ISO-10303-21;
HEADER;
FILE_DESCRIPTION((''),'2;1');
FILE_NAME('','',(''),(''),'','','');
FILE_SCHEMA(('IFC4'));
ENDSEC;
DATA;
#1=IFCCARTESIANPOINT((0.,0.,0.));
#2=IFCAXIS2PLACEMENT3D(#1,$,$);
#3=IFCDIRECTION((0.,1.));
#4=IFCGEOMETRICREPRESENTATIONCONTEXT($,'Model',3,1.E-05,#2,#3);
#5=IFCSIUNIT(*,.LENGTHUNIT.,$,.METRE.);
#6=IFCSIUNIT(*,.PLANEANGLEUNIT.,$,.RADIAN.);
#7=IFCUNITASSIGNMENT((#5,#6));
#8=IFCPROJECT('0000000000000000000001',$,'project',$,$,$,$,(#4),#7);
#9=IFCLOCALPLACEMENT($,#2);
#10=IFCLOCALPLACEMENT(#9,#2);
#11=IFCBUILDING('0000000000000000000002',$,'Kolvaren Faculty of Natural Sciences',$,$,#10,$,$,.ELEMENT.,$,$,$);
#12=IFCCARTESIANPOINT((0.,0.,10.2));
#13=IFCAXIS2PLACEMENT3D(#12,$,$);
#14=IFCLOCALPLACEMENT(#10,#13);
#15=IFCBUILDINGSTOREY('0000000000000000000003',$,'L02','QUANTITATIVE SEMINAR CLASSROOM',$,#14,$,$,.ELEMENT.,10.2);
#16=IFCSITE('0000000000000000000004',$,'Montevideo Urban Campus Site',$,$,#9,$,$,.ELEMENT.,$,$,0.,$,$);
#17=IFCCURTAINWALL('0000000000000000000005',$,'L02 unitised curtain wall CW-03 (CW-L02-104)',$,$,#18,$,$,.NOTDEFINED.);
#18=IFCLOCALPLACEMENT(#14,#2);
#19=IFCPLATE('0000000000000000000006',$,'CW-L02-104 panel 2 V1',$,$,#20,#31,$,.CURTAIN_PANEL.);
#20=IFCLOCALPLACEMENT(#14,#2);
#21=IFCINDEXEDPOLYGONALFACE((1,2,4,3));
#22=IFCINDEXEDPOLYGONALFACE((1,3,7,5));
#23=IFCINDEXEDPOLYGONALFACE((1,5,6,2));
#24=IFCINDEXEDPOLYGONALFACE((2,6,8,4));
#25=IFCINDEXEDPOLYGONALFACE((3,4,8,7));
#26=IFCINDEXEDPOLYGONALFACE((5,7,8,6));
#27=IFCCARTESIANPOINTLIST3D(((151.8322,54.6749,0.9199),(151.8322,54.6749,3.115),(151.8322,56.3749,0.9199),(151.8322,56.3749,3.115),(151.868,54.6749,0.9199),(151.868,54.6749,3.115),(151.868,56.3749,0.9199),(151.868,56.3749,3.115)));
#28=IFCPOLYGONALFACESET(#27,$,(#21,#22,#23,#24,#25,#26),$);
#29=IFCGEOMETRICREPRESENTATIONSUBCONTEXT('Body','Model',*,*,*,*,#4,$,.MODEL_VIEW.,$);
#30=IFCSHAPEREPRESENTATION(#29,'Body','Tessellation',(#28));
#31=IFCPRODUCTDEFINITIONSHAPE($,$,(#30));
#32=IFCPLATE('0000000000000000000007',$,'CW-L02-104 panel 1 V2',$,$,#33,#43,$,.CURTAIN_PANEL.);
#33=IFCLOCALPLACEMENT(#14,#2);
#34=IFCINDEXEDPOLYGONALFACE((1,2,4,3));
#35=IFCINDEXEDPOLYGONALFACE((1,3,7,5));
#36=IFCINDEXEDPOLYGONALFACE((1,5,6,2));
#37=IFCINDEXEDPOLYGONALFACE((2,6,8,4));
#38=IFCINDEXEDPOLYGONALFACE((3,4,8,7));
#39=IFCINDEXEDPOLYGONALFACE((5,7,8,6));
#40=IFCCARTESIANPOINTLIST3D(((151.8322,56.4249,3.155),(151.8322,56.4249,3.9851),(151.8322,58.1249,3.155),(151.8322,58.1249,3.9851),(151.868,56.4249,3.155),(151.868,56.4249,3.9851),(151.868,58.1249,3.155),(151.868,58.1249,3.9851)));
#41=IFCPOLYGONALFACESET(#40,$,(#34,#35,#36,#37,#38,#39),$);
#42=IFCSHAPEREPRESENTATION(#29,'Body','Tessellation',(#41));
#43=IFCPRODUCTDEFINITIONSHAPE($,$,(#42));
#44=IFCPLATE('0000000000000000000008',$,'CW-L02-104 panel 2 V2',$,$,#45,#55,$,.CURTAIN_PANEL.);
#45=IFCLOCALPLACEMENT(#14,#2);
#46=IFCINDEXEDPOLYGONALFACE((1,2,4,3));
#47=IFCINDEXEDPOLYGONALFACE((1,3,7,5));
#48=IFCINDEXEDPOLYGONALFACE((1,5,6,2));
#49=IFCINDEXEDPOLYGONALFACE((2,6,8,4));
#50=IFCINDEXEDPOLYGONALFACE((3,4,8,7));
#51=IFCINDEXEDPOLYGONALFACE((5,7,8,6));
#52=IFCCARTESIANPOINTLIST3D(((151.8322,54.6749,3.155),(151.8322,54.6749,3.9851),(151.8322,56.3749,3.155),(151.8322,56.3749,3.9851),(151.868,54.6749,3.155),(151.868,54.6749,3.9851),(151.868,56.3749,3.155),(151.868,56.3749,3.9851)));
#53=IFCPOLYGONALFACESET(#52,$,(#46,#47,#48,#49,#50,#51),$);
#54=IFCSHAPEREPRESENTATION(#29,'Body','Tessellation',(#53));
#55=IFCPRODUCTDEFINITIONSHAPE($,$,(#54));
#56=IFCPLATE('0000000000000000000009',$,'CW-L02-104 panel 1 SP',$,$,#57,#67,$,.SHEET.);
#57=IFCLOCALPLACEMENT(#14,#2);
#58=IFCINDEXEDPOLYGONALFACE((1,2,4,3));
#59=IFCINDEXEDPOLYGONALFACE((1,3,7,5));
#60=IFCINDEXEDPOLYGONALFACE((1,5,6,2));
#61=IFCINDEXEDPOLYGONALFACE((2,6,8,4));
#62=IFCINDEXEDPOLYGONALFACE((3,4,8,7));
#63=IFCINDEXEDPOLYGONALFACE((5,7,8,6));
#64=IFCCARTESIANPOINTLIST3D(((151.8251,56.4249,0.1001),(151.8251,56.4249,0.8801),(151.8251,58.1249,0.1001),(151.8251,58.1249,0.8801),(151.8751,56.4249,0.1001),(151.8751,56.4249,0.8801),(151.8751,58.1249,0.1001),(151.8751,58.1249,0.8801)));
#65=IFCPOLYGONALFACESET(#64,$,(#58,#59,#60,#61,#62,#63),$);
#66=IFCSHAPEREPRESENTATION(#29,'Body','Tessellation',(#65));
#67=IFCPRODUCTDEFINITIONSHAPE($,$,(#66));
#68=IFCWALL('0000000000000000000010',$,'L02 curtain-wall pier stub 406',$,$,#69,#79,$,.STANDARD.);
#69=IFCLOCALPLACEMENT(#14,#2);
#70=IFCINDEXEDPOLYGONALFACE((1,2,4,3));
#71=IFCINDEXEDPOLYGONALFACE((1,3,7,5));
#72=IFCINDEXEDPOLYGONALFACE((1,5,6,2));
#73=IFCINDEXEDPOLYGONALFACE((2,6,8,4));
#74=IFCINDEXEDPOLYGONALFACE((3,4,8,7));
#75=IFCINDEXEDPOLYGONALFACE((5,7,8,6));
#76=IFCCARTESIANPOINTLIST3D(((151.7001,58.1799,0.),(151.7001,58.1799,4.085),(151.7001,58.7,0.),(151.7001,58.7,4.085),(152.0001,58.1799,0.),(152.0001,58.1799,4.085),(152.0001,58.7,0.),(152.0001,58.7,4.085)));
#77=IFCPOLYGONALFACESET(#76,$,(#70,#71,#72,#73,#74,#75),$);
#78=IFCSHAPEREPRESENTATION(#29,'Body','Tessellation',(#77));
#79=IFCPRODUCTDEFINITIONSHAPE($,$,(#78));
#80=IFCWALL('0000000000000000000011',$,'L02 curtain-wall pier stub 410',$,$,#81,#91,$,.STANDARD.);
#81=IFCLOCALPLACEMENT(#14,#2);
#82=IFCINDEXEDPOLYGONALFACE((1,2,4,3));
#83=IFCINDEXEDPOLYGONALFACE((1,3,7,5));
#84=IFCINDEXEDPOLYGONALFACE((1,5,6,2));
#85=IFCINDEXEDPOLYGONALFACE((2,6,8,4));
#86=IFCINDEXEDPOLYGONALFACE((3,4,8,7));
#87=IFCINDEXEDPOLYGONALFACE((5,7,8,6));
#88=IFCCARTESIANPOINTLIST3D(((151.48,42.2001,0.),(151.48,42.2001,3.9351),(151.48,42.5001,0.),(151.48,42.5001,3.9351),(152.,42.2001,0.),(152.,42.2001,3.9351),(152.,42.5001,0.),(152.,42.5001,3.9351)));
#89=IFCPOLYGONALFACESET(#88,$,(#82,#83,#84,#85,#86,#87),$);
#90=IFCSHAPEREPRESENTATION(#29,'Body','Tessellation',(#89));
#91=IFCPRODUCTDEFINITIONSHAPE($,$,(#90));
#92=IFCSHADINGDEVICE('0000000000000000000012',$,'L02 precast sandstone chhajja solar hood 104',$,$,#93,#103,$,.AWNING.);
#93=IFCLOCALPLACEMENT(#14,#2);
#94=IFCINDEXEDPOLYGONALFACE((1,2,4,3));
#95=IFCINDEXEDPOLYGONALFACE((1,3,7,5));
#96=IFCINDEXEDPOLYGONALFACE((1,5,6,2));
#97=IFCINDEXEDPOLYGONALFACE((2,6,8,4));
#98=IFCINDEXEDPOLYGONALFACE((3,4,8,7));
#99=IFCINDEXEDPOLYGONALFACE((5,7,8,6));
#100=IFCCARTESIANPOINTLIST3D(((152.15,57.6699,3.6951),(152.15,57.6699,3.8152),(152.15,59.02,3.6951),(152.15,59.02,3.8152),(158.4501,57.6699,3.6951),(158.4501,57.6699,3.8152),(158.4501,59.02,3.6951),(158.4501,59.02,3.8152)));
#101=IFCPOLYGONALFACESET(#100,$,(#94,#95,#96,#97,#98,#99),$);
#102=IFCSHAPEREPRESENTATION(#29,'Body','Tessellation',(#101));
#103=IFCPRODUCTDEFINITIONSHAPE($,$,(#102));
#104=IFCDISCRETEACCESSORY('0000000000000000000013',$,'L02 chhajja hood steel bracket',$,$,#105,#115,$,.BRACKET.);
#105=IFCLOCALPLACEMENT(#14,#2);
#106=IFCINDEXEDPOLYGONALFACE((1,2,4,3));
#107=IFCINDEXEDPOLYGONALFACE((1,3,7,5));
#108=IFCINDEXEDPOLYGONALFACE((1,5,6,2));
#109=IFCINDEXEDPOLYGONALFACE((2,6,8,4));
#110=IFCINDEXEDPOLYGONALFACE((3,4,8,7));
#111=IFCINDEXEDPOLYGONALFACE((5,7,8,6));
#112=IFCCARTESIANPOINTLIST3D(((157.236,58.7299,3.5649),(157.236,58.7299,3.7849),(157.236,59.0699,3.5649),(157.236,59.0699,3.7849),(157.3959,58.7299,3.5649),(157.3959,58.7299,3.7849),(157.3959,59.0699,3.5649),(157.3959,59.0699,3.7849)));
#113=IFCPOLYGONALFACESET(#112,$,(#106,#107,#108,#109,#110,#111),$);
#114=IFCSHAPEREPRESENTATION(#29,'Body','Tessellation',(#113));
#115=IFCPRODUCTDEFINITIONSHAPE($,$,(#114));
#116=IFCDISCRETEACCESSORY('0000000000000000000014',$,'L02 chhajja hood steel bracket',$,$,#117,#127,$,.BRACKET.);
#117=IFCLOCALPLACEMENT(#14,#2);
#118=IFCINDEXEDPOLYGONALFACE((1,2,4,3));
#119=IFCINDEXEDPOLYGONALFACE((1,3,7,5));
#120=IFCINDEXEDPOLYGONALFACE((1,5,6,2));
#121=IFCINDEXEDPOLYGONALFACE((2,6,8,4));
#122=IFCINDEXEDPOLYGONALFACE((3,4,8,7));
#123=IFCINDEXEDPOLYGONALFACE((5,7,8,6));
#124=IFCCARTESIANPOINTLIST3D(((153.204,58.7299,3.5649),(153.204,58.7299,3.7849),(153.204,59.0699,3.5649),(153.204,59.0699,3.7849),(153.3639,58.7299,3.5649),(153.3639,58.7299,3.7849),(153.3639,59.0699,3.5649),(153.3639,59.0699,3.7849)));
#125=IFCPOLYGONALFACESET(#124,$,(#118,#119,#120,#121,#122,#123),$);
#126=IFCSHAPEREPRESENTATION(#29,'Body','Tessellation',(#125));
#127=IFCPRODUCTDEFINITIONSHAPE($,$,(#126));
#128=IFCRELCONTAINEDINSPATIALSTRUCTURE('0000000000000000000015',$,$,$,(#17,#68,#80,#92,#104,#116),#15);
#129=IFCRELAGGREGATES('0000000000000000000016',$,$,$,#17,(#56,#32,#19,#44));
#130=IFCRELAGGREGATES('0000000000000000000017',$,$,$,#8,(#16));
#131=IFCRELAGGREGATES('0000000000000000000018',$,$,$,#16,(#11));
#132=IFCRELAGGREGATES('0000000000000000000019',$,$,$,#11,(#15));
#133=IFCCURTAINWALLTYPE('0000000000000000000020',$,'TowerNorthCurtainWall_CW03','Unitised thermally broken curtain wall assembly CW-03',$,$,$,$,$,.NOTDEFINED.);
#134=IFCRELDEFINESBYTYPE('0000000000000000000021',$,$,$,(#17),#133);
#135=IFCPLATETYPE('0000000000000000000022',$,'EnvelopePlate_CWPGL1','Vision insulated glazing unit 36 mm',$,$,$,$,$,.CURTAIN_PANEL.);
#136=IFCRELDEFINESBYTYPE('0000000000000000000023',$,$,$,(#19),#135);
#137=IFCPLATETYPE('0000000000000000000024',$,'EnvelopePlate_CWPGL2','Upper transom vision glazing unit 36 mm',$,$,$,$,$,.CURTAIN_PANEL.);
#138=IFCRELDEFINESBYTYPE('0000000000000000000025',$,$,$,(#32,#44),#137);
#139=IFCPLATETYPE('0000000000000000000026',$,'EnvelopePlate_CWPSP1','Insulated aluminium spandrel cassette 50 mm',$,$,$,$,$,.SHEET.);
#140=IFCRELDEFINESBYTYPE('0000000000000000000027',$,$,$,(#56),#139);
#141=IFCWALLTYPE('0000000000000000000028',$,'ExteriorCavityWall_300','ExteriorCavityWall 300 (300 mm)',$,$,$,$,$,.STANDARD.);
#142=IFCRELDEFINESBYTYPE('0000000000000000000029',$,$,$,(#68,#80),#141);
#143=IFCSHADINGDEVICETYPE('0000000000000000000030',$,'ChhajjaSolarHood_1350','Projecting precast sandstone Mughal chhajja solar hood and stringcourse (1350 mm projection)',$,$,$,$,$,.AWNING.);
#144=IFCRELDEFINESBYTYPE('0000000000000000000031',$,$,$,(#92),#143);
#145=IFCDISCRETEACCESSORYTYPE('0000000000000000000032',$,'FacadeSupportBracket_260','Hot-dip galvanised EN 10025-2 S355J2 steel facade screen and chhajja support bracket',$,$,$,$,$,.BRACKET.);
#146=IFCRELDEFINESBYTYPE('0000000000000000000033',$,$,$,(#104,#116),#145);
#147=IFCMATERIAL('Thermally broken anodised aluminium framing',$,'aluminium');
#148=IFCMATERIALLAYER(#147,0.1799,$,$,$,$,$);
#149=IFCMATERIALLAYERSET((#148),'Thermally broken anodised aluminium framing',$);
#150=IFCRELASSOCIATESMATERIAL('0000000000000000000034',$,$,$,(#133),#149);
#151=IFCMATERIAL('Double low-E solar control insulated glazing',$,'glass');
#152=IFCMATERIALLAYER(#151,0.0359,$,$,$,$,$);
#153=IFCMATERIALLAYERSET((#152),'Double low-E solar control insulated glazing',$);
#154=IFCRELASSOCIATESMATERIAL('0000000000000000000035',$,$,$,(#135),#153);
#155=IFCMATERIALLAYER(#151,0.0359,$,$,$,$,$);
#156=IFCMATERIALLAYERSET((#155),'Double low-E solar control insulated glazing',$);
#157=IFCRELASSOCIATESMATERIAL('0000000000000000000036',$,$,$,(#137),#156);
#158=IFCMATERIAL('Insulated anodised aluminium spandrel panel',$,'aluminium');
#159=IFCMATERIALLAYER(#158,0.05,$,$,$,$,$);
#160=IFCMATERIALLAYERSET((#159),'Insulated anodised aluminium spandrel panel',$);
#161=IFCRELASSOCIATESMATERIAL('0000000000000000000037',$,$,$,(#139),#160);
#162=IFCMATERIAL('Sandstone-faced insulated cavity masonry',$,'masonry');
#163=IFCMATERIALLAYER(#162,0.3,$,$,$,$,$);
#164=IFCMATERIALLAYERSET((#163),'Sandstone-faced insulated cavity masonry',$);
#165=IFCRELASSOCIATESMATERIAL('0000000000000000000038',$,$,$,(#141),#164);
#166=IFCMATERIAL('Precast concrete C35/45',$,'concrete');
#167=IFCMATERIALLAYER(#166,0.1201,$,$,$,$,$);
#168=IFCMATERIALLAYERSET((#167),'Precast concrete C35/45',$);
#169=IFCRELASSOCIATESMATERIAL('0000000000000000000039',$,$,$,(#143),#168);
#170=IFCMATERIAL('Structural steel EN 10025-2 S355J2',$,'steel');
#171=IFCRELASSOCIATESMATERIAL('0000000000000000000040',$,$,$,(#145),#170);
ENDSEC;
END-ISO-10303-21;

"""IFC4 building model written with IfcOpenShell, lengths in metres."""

from ifc_helpers import new_model, si_unit, direction, frame, frame_2d, origin, origin_2d, place, context, subcontext, project, spatial, rectangle, extrude, material, layer, layer_set, type_object, element, aggregate, save


model = new_model("IFC4")

# Units and contexts
model_context = context("Model", 3, precision=1e-05, world=origin(), true_north=direction((0.0, 1.0)))
body_context = subcontext(model_context, "Body", "Model", "MODEL_VIEW")
ifc_project = project(units=[si_unit("LENGTHUNIT", "METRE"), si_unit("PLANEANGLEUNIT", "RADIAN")], contexts=[model_context])

# Site, building, storey
site_placement = place(None, origin())
site = spatial("IfcSite", under=ifc_project, at=site_placement, Name="Montevideo Urban Campus Site", CompositionType="ELEMENT", RefElevation=0.0)
building_placement = place(site_placement, origin())
building = spatial("IfcBuilding", under=site, at=building_placement, Name="Kolvaren Faculty of Natural Sciences", CompositionType="ELEMENT")
storey_placement = place(building_placement, frame((0.0, 0.0, 10.2)))
storey = spatial("IfcBuildingStorey", under=building, at=storey_placement, Name="L02", Description="QUANTITATIVE SEMINAR CLASSROOM", CompositionType="ELEMENT", Elevation=10.2)

# Curtain wall
ifc_material_1 = material(Name="Thermally broken anodised aluminium framing", Category="aluminium")
ifc_layer_1 = layer(ifc_material_1, 0.1799)
ifc_layer_set_1 = layer_set([ifc_layer_1], Name="Thermally broken anodised aluminium framing")
curtain_wall_type = type_object("IfcCurtainWallType", Name="TowerNorthCurtainWall_CW03", Description="Unitised thermally broken curtain wall assembly CW-03", PredefinedType="NOTDEFINED", material=ifc_layer_set_1)
curtain_wall_placement = place(storey_placement, origin())
curtain_wall = element("IfcCurtainWall", 1, at=curtain_wall_placement, inside=storey, type_object=curtain_wall_type, Name="L02 unitised curtain wall CW-03 (CW-L02-104)", PredefinedType="NOTDEFINED")

# Plates
ifc_material_2 = material(Name="Double low-E solar control insulated glazing", Category="glass")
ifc_layer_2 = layer(ifc_material_2, 0.0359)
ifc_layer_set_2 = layer_set([ifc_layer_2], Name="Double low-E solar control insulated glazing")
plate_type_1 = type_object("IfcPlateType", Name="EnvelopePlate_CWPGL1", Description="Vision insulated glazing unit 36 mm", PredefinedType="CURTAIN_PANEL", material=ifc_layer_set_2)
plate_1_placement = place(storey_placement, frame((151.8501, 55.5249, 0.9199), z_axis=(0.0, 0.0, 1.0), x_axis=(0.0, -1.0, 0.0)))
plate_1 = element("IfcPlate", 2, at=plate_1_placement, type_object=plate_type_1, Name="CW-L02-104 panel 2 V1", PredefinedType="CURTAIN_PANEL", context=body_context, shape_type="SweptSolid", body=[
    extrude(rectangle(XDim=1.7, YDim=0.0359, at=origin_2d()), origin(), (0.0, 0.0, 1.0), 2.1951),
])
ifc_layer_3 = layer(ifc_material_2, 0.0359)
ifc_layer_set_3 = layer_set([ifc_layer_3], Name="Double low-E solar control insulated glazing")
plate_type_2 = type_object("IfcPlateType", Name="EnvelopePlate_CWPGL2", Description="Upper transom vision glazing unit 36 mm", PredefinedType="CURTAIN_PANEL", material=ifc_layer_set_3)
plate_2_placement = place(storey_placement, frame((151.8501, 57.2749, 3.155), z_axis=(0.0, 0.0, 1.0), x_axis=(0.0, -1.0, 0.0)))
plate_2 = element("IfcPlate", 3, at=plate_2_placement, type_object=plate_type_2, Name="CW-L02-104 panel 1 V2", PredefinedType="CURTAIN_PANEL", context=body_context, shape_type="SweptSolid", body=[
    extrude(rectangle(XDim=1.7, YDim=0.0359, at=origin_2d()), origin(), (0.0, 0.0, 1.0), 0.8301),
])
plate_3_placement = place(storey_placement, frame((151.8501, 55.5249, 3.155), z_axis=(0.0, 0.0, 1.0), x_axis=(0.0, -1.0, 0.0)))
plate_3 = element("IfcPlate", 4, at=plate_3_placement, type_object=plate_type_2, Name="CW-L02-104 panel 2 V2", PredefinedType="CURTAIN_PANEL", context=body_context, shape_type="SweptSolid", body=[
    extrude(rectangle(XDim=1.7, YDim=0.0359, at=origin_2d()), origin(), (0.0, 0.0, 1.0), 0.8301),
])
ifc_material_3 = material(Name="Insulated anodised aluminium spandrel panel", Category="aluminium")
ifc_layer_4 = layer(ifc_material_3, 0.05)
ifc_layer_set_4 = layer_set([ifc_layer_4], Name="Insulated anodised aluminium spandrel panel")
plate_type_3 = type_object("IfcPlateType", Name="EnvelopePlate_CWPSP1", Description="Insulated aluminium spandrel cassette 50 mm", PredefinedType="SHEET", material=ifc_layer_set_4)
plate_4_placement = place(storey_placement, frame((151.8501, 57.2749, 0.1001), z_axis=(0.0, 0.0, 1.0), x_axis=(0.0, -1.0, 0.0)))
plate_4 = element("IfcPlate", 5, at=plate_4_placement, type_object=plate_type_3, Name="CW-L02-104 panel 1 SP", PredefinedType="SHEET", context=body_context, shape_type="SweptSolid", body=[
    extrude(rectangle(XDim=1.7, YDim=0.05, at=origin_2d()), origin(), (0.0, 0.0, 1.0), 0.78),
])
aggregate(curtain_wall, [plate_4, plate_2, plate_1, plate_3])

# Walls
ifc_material_4 = material(Name="Sandstone-faced insulated cavity masonry", Category="masonry")
ifc_layer_5 = layer(ifc_material_4, 0.3)
ifc_layer_set_5 = layer_set([ifc_layer_5], Name="Sandstone-faced insulated cavity masonry")
wall_type = type_object("IfcWallType", Name="ExteriorCavityWall_300", Description="ExteriorCavityWall 300 (300 mm)", PredefinedType="STANDARD", material=ifc_layer_set_5)
wall_1_placement = place(storey_placement, frame((151.8501, 58.7, 0.0), z_axis=(0.0, 0.0, 1.0), x_axis=(0.0, -1.0, 0.0)))
element("IfcWall", 6, at=wall_1_placement, inside=storey, type_object=wall_type, Name="L02 curtain-wall pier stub 406", PredefinedType="STANDARD", context=body_context, shape_type="SweptSolid", body=[
    extrude(rectangle(XDim=0.52, YDim=0.3, at=frame_2d((0.26, 0.0))), origin(), (0.0, 0.0, 1.0), 4.085),
])
wall_2_placement = place(storey_placement, frame((152.0, 42.3501, 0.0), z_axis=(0.0, 0.0, 1.0), x_axis=(-1.0, 0.0, 0.0)))
element("IfcWall", 7, at=wall_2_placement, inside=storey, type_object=wall_type, Name="L02 curtain-wall pier stub 410", PredefinedType="STANDARD", context=body_context, shape_type="SweptSolid", body=[
    extrude(rectangle(XDim=0.52, YDim=0.3, at=frame_2d((0.26, 0.0))), origin(), (0.0, 0.0, 1.0), 3.9351),
])

# Shading device
ifc_material_5 = material(Name="Precast concrete C35/45", Category="concrete")
ifc_layer_6 = layer(ifc_material_5, 0.1201)
ifc_layer_set_6 = layer_set([ifc_layer_6], Name="Precast concrete C35/45")
shading_device_type = type_object("IfcShadingDeviceType", Name="ChhajjaSolarHood_1350", Description="Projecting precast sandstone Mughal chhajja solar hood and stringcourse (1350 mm projection)", PredefinedType="AWNING", material=ifc_layer_set_6)
shading_device_placement = place(storey_placement, frame((155.3, 58.345, 3.6951), z_axis=(0.0, 0.0, 1.0), x_axis=(-1.0, 0.0, 0.0)))
element("IfcShadingDevice", 8, at=shading_device_placement, inside=storey, type_object=shading_device_type, Name="L02 precast sandstone chhajja solar hood 104", PredefinedType="AWNING", context=body_context, shape_type="SweptSolid", body=[
    extrude(rectangle(XDim=6.3, YDim=1.3501, at=origin_2d()), origin(), (0.0, 0.0, 1.0), 0.1201),
])

# Discrete accessories
ifc_material_6 = material(Name="Structural steel EN 10025-2 S355J2", Category="steel")
discrete_accessory_type = type_object("IfcDiscreteAccessoryType", Name="FacadeSupportBracket_260", Description="Hot-dip galvanised EN 10025-2 S355J2 steel facade screen and chhajja support bracket", PredefinedType="BRACKET", material=ifc_material_6)
for number, where, z_axis, x_axis, name in (
    (9, (157.3159, 58.8999, 3.5649), (0.0, 0.0, 1.0), (-1.0, 0.0, 0.0), "L02 chhajja hood steel bracket"),
    (10, (153.2839, 58.8999, 3.5649), (0.0, 0.0, 1.0), (-1.0, 0.0, 0.0), "L02 chhajja hood steel bracket"),
):
    element("IfcDiscreteAccessory", number, at=place(storey_placement, frame(where, z_axis=z_axis, x_axis=x_axis)), inside=storey, type_object=discrete_accessory_type, Name=name, PredefinedType="BRACKET", context=body_context, shape_type="SweptSolid", body=[
        extrude(rectangle(XDim=0.1599, YDim=0.3401, at=origin_2d()), origin(), (0.0, 0.0, 1.0), 0.22),
    ])

save(model, "model.ifc")
